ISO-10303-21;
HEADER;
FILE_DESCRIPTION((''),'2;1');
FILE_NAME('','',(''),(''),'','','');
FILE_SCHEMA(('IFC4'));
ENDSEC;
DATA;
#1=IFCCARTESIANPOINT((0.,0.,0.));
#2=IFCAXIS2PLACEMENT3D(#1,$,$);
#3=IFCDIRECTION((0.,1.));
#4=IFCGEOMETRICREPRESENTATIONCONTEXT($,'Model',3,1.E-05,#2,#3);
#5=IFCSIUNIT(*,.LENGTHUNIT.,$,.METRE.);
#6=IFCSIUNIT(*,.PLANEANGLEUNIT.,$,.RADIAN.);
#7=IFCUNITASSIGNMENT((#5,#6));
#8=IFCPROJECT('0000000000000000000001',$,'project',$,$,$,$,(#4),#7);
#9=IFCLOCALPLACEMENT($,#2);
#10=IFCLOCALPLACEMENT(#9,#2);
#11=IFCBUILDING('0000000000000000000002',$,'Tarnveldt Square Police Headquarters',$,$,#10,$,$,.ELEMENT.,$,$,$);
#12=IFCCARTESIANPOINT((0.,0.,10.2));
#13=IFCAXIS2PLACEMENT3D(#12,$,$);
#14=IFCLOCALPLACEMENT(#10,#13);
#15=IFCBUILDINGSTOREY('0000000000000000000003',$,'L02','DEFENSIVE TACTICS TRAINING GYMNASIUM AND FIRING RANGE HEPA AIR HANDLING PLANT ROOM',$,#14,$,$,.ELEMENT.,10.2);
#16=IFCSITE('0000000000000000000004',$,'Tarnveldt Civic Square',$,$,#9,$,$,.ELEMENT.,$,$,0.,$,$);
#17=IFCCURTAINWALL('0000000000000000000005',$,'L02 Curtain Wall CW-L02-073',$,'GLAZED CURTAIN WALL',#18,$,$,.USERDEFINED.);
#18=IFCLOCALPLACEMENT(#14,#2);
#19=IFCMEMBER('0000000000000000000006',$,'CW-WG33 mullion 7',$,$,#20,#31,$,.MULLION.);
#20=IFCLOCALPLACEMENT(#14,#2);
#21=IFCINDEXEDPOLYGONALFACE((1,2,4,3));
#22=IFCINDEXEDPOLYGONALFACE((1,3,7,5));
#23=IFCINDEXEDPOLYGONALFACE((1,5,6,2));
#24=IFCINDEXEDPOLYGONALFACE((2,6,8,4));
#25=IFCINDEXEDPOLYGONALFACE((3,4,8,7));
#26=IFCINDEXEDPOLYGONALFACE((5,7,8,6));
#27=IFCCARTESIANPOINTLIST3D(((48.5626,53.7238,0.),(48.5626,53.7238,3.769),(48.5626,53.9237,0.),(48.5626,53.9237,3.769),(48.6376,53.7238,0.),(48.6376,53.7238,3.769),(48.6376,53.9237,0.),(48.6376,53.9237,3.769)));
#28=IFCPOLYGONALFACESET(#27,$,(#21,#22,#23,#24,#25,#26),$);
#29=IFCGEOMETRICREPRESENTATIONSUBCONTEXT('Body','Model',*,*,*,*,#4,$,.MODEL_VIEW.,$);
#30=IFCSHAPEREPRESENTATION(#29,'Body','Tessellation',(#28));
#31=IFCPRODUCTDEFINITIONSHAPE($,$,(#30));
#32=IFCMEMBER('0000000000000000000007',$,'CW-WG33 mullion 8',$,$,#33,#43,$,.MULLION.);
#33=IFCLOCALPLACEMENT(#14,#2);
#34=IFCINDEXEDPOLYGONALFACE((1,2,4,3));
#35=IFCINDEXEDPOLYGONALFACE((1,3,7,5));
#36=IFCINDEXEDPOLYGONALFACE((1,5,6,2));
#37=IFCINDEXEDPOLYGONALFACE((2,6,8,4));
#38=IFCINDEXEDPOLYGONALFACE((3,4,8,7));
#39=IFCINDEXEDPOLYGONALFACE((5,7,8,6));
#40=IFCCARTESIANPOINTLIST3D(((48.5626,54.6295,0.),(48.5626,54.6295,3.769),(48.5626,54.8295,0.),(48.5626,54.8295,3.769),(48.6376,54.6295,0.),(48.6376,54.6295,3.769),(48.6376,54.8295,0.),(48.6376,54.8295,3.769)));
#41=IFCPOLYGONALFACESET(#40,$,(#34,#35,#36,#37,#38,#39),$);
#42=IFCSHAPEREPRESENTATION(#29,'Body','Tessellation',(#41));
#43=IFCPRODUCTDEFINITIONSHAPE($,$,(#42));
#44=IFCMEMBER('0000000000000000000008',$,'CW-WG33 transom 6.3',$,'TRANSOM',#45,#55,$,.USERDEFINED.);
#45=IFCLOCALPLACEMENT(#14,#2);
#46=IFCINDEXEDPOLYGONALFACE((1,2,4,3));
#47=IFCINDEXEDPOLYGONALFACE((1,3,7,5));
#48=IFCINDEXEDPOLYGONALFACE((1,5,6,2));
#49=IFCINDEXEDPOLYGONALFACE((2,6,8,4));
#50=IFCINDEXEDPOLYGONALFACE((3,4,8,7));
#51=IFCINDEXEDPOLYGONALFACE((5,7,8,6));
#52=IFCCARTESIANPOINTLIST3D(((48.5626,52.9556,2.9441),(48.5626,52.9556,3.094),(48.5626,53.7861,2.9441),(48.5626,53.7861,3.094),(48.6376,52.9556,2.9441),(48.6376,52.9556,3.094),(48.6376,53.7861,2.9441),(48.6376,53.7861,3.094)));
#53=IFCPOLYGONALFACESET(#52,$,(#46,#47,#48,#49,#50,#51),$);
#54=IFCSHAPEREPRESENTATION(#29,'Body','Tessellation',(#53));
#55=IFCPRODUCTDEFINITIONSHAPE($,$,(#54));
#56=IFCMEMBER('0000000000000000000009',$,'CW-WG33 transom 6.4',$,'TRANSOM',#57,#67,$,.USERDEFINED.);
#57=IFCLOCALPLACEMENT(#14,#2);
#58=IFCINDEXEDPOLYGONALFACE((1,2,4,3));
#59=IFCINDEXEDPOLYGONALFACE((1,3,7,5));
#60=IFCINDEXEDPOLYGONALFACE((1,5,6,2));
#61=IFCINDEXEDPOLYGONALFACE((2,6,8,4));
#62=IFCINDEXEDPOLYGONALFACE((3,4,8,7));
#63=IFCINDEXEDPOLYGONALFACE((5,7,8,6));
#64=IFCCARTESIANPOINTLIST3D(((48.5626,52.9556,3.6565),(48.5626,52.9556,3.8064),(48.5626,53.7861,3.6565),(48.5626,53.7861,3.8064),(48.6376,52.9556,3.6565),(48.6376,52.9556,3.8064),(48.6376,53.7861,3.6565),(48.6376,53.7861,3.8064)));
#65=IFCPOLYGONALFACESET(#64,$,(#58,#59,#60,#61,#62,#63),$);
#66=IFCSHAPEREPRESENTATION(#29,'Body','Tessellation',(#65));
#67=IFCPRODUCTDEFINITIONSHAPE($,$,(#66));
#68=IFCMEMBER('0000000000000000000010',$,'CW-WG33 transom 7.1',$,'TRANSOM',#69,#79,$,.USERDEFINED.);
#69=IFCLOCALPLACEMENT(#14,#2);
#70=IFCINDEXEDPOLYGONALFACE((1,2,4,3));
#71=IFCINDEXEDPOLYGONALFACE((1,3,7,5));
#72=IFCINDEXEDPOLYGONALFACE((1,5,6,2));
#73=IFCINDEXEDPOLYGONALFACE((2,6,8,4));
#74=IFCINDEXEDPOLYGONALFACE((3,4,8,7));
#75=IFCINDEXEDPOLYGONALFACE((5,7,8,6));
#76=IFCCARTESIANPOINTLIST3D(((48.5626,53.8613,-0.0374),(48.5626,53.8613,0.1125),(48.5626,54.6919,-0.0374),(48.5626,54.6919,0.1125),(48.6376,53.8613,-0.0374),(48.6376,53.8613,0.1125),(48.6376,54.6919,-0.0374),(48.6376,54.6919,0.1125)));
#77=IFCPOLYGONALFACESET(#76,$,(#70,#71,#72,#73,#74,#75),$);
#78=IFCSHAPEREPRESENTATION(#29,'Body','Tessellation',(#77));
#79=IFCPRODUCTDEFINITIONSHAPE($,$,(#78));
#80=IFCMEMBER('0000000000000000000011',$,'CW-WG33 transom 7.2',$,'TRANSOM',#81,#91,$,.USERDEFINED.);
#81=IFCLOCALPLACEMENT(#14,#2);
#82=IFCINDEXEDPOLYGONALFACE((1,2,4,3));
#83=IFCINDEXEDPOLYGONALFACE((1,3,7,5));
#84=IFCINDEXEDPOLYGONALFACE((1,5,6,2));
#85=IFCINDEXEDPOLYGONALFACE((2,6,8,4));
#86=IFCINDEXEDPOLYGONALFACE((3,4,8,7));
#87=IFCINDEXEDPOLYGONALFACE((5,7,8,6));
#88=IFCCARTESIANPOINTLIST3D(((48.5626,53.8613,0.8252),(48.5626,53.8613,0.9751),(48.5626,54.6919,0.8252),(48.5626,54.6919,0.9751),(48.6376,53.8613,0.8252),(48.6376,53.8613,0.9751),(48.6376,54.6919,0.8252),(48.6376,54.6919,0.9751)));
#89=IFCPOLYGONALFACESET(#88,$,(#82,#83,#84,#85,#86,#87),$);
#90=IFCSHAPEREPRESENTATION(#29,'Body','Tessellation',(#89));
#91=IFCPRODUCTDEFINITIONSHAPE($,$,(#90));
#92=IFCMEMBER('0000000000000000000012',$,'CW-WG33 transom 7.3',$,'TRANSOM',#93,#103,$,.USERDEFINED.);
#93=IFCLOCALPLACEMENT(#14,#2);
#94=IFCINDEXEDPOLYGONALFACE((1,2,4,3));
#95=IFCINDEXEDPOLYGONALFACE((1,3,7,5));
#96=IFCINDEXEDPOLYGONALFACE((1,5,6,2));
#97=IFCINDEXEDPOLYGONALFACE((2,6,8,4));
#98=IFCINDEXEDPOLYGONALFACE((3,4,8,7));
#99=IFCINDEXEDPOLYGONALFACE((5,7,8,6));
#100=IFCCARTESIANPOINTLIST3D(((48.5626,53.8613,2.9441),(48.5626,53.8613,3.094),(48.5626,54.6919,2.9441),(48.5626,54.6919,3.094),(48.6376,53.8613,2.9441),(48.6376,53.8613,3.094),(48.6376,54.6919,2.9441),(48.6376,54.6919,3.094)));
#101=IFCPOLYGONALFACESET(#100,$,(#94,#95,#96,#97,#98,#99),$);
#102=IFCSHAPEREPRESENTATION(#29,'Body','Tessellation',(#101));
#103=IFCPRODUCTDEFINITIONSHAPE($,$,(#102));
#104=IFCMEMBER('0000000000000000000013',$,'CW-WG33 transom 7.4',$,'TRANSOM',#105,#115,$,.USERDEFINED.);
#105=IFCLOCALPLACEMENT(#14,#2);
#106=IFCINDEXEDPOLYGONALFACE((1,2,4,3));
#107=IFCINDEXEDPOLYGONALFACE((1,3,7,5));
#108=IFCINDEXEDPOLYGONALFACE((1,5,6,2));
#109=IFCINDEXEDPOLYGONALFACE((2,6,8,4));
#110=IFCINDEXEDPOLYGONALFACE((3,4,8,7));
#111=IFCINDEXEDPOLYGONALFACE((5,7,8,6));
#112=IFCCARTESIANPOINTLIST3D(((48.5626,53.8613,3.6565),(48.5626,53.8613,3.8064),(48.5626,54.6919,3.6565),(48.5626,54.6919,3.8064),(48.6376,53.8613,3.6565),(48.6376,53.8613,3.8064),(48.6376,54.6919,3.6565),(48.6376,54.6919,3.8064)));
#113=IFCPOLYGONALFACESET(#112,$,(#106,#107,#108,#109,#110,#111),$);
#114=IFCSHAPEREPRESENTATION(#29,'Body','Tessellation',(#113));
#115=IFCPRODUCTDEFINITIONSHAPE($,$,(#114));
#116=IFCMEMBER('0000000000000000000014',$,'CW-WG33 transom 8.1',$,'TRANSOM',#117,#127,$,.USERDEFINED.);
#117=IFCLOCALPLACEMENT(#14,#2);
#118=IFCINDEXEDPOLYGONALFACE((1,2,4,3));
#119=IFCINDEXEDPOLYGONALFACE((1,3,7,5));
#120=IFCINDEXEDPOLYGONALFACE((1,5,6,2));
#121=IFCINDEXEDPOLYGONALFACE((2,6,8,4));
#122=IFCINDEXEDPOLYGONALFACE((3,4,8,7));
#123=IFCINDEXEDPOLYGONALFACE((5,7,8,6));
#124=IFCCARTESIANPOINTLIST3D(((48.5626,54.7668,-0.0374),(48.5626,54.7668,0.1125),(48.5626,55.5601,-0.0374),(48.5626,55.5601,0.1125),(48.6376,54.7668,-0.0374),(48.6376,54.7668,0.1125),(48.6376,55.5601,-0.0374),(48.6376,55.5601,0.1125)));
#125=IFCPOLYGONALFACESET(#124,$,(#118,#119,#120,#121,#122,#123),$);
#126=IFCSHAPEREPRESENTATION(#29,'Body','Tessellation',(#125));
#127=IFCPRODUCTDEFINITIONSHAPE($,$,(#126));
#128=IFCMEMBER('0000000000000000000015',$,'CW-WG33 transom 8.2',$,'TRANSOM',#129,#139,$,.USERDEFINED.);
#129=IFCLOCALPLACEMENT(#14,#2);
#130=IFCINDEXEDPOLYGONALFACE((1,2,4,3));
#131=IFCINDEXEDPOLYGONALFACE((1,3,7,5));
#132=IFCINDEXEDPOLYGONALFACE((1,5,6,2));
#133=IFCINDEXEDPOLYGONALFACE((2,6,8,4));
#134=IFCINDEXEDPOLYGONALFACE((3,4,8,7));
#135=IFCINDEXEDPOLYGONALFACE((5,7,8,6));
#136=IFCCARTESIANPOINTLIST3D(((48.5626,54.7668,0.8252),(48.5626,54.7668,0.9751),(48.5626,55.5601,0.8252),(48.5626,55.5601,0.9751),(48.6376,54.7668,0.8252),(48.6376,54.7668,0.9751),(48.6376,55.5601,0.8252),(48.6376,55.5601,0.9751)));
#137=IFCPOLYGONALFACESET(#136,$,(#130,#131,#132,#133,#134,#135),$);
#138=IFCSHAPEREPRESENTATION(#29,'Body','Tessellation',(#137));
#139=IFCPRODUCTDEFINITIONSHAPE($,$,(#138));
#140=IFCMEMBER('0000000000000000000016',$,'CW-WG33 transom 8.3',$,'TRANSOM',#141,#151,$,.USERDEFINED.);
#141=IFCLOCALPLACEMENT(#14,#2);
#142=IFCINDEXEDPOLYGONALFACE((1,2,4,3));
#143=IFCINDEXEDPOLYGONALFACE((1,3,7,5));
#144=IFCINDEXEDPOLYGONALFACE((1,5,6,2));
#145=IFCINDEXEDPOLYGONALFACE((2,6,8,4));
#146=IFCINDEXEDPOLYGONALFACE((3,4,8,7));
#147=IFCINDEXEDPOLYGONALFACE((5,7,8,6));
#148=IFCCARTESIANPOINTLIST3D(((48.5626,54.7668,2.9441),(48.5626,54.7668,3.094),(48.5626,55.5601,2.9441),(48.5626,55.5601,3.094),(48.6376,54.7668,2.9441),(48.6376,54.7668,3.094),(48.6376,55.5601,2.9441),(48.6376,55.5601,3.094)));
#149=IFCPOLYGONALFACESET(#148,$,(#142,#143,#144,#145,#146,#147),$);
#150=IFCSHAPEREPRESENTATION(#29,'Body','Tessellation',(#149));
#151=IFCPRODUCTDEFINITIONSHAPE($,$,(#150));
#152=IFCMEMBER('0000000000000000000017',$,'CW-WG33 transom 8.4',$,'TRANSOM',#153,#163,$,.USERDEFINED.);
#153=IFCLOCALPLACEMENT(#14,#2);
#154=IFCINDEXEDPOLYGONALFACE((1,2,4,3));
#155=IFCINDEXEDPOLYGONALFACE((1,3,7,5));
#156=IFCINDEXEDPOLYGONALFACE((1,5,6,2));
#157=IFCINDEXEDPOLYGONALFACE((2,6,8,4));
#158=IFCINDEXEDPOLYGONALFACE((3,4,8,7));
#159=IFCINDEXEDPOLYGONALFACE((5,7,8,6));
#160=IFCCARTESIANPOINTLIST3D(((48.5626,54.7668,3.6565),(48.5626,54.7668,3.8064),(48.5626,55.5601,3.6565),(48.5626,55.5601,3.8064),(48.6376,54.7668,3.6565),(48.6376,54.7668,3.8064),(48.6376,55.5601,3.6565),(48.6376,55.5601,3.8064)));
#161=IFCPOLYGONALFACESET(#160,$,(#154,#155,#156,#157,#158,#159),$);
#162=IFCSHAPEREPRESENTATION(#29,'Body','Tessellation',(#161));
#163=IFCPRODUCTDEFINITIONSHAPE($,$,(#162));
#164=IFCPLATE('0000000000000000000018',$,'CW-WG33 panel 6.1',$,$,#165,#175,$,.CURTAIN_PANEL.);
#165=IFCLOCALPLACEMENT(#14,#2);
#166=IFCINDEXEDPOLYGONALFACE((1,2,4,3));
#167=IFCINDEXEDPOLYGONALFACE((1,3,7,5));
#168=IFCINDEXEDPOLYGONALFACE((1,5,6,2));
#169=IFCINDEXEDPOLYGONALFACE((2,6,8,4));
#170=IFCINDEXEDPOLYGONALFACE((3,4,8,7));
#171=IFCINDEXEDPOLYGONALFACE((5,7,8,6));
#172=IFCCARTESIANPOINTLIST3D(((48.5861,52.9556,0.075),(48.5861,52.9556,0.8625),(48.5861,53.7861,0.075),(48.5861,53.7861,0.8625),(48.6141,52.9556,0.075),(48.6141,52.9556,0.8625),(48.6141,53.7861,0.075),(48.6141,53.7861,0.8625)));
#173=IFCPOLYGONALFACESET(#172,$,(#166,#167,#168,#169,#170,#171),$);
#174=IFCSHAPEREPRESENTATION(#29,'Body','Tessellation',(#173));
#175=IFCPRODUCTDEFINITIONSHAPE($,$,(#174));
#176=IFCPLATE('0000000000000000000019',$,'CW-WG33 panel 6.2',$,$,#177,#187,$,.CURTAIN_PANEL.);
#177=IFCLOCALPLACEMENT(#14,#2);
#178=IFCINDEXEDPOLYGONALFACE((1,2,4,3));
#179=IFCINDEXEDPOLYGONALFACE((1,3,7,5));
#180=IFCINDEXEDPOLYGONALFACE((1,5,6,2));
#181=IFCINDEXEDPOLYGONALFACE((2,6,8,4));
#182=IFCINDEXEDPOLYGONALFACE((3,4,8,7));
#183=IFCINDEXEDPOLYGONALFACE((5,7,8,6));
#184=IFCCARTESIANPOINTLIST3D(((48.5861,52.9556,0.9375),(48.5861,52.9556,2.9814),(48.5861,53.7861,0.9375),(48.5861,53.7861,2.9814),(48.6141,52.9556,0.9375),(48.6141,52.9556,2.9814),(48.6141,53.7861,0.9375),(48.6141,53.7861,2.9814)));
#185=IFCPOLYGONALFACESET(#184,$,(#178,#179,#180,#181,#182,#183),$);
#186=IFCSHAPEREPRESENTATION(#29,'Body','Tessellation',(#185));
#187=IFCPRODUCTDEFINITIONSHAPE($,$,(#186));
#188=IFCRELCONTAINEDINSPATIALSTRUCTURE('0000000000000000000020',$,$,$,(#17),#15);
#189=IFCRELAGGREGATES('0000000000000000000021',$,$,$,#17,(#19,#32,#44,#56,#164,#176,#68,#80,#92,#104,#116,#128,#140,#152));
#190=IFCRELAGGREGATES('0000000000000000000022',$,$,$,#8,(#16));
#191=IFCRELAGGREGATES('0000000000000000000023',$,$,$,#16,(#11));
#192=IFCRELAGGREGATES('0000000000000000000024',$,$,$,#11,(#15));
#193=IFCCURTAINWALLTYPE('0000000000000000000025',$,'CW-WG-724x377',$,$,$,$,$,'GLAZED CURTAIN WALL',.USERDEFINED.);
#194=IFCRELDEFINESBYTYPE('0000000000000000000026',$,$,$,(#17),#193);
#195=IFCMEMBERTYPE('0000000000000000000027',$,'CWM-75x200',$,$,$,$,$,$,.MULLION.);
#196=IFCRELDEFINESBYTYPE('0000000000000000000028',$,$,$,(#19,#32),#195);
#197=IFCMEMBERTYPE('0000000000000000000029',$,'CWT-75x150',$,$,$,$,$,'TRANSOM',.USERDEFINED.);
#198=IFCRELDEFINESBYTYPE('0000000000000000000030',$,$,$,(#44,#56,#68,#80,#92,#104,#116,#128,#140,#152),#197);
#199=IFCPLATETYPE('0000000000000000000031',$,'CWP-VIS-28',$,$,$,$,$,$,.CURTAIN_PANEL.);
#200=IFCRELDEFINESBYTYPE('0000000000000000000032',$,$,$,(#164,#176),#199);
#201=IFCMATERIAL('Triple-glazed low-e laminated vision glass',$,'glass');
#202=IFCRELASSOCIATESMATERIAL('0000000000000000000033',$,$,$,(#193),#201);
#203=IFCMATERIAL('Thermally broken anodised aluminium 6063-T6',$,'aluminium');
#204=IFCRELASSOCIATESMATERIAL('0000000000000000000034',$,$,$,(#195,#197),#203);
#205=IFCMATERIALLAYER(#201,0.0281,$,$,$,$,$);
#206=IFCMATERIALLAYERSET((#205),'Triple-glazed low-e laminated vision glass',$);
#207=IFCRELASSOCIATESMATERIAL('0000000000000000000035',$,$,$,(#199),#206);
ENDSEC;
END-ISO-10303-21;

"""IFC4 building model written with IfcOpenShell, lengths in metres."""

from ifc_helpers import new_model, si_unit, direction, frame, origin, origin_2d, place, context, subcontext, project, spatial, rectangle, extrude, material, layer, layer_set, material_profile, profile_set, type_object, element, aggregate, save


model = new_model("IFC4")

# Units and contexts
model_context = context("Model", 3, precision=1e-05, world=origin(), true_north=direction((0.0, 1.0)))
body_context = subcontext(model_context, "Body", "Model", "MODEL_VIEW")
ifc_project = project(units=[si_unit("LENGTHUNIT", "METRE"), si_unit("PLANEANGLEUNIT", "RADIAN")], contexts=[model_context])

# Site, building, storey
site_placement = place(None, origin())
site = spatial("IfcSite", under=ifc_project, at=site_placement, Name="Tarnveldt Civic Square", CompositionType="ELEMENT", RefElevation=0.0)
building_placement = place(site_placement, origin())
building = spatial("IfcBuilding", under=site, at=building_placement, Name="Tarnveldt Square Police Headquarters", CompositionType="ELEMENT")
storey_placement = place(building_placement, frame((0.0, 0.0, 10.2)))
storey = spatial("IfcBuildingStorey", under=building, at=storey_placement, Name="L02", Description="DEFENSIVE TACTICS TRAINING GYMNASIUM AND FIRING RANGE HEPA AIR HANDLING PLANT ROOM", CompositionType="ELEMENT", Elevation=10.2)

# Curtain wall, members, plates
ifc_material_1 = material(Name="Triple-glazed low-e laminated vision glass", Category="glass")
curtain_wall_type = type_object("IfcCurtainWallType", Name="CW-WG-724x377", ElementType="GLAZED CURTAIN WALL", PredefinedType="USERDEFINED", material=ifc_material_1)
curtain_wall_placement = place(storey_placement, origin())
curtain_wall = element("IfcCurtainWall", 1, at=curtain_wall_placement, inside=storey, type_object=curtain_wall_type, Name="L02 Curtain Wall CW-L02-073", ObjectType="GLAZED CURTAIN WALL", PredefinedType="USERDEFINED")
ifc_material_2 = material(Name="Thermally broken anodised aluminium 6063-T6", Category="aluminium")
ifc_material_profile_1 = material_profile(ifc_material_2, rectangle(XDim=0.075, YDim=0.2, at=origin_2d()), Name="CW-M75x200")
ifc_profile_set_1 = profile_set([ifc_material_profile_1], Name="Thermally broken anodised aluminium 6063-T6")
member_type_1 = type_object("IfcMemberType", Name="CWM-75x200", PredefinedType="MULLION", material=ifc_profile_set_1)
member_1_placement = place(storey_placement, frame((48.6001, 53.8237, 0.0), z_axis=(0.0, 0.0, 1.0), x_axis=(-1.0, 0.0, 0.0)))
member_1 = element("IfcMember", 2, at=member_1_placement, type_object=member_type_1, Name="CW-WG33 mullion 7", PredefinedType="MULLION", context=body_context, shape_type="SweptSolid", body=[
    extrude(rectangle(XDim=0.075, YDim=0.2, at=origin_2d()), origin(), (0.0, 0.0, 1.0), 3.769),
])
member_2_placement = place(storey_placement, frame((48.6001, 54.7295, 0.0), z_axis=(0.0, 0.0, 1.0), x_axis=(-1.0, 0.0, 0.0)))
member_2 = element("IfcMember", 3, at=member_2_placement, type_object=member_type_1, Name="CW-WG33 mullion 8", PredefinedType="MULLION", context=body_context, shape_type="SweptSolid", body=[
    extrude(rectangle(XDim=0.075, YDim=0.2, at=origin_2d()), origin(), (0.0, 0.0, 1.0), 3.769),
])
ifc_material_profile_2 = material_profile(ifc_material_2, rectangle(XDim=0.075, YDim=0.1499, at=origin_2d()), Name="CW-T75x150")
ifc_profile_set_2 = profile_set([ifc_material_profile_2], Name="Thermally broken anodised aluminium 6063-T6")
member_type_2 = type_object("IfcMemberType", Name="CWT-75x150", ElementType="TRANSOM", PredefinedType="USERDEFINED", material=ifc_profile_set_2)
member_3_placement = place(storey_placement, frame((48.6001, 52.9556, 3.019), z_axis=(0.0, 1.0, 0.0), x_axis=(-1.0, 0.0, 0.0)))
member_3 = element("IfcMember", 4, at=member_3_placement, type_object=member_type_2, Name="CW-WG33 transom 6.3", ObjectType="TRANSOM", PredefinedType="USERDEFINED", context=body_context, shape_type="SweptSolid", body=[
    extrude(rectangle(XDim=0.075, YDim=0.1499, at=origin_2d()), origin(), (0.0, 0.0, 1.0), 0.8306),
])
member_4_placement = place(storey_placement, frame((48.6001, 52.9556, 3.7314), z_axis=(0.0, 1.0, 0.0), x_axis=(-1.0, 0.0, 0.0)))
member_4 = element("IfcMember", 5, at=member_4_placement, type_object=member_type_2, Name="CW-WG33 transom 6.4", ObjectType="TRANSOM", PredefinedType="USERDEFINED", context=body_context, shape_type="SweptSolid", body=[
    extrude(rectangle(XDim=0.075, YDim=0.1499, at=origin_2d()), origin(), (0.0, 0.0, 1.0), 0.8306),
])
member_5_placement = place(storey_placement, frame((48.6001, 53.8613, 0.0376), z_axis=(0.0, 1.0, 0.0), x_axis=(-1.0, 0.0, 0.0)))
member_5 = element("IfcMember", 6, at=member_5_placement, type_object=member_type_2, Name="CW-WG33 transom 7.1", ObjectType="TRANSOM", PredefinedType="USERDEFINED", context=body_context, shape_type="SweptSolid", body=[
    extrude(rectangle(XDim=0.075, YDim=0.1499, at=origin_2d()), origin(), (0.0, 0.0, 1.0), 0.8306),
])
member_6_placement = place(storey_placement, frame((48.6001, 53.8613, 0.9001), z_axis=(0.0, 1.0, 0.0), x_axis=(-1.0, 0.0, 0.0)))
member_6 = element("IfcMember", 7, at=member_6_placement, type_object=member_type_2, Name="CW-WG33 transom 7.2", ObjectType="TRANSOM", PredefinedType="USERDEFINED", context=body_context, shape_type="SweptSolid", body=[
    extrude(rectangle(XDim=0.075, YDim=0.1499, at=origin_2d()), origin(), (0.0, 0.0, 1.0), 0.8306),
])
member_7_placement = place(storey_placement, frame((48.6001, 53.8613, 3.019), z_axis=(0.0, 1.0, 0.0), x_axis=(-1.0, 0.0, 0.0)))
member_7 = element("IfcMember", 8, at=member_7_placement, type_object=member_type_2, Name="CW-WG33 transom 7.3", ObjectType="TRANSOM", PredefinedType="USERDEFINED", context=body_context, shape_type="SweptSolid", body=[
    extrude(rectangle(XDim=0.075, YDim=0.1499, at=origin_2d()), origin(), (0.0, 0.0, 1.0), 0.8306),
])
member_8_placement = place(storey_placement, frame((48.6001, 53.8613, 3.7314), z_axis=(0.0, 1.0, 0.0), x_axis=(-1.0, 0.0, 0.0)))
member_8 = element("IfcMember", 9, at=member_8_placement, type_object=member_type_2, Name="CW-WG33 transom 7.4", ObjectType="TRANSOM", PredefinedType="USERDEFINED", context=body_context, shape_type="SweptSolid", body=[
    extrude(rectangle(XDim=0.075, YDim=0.1499, at=origin_2d()), origin(), (0.0, 0.0, 1.0), 0.8306),
])
member_9_placement = place(storey_placement, frame((48.6001, 54.7668, 0.0376), z_axis=(0.0, 1.0, 0.0), x_axis=(-1.0, 0.0, 0.0)))
member_9 = element("IfcMember", 10, at=member_9_placement, type_object=member_type_2, Name="CW-WG33 transom 8.1", ObjectType="TRANSOM", PredefinedType="USERDEFINED", context=body_context, shape_type="SweptSolid", body=[
    extrude(rectangle(XDim=0.075, YDim=0.1499, at=origin_2d()), origin(), (0.0, 0.0, 1.0), 0.7932),
])
member_10_placement = place(storey_placement, frame((48.6001, 54.7668, 0.9001), z_axis=(0.0, 1.0, 0.0), x_axis=(-1.0, 0.0, 0.0)))
member_10 = element("IfcMember", 11, at=member_10_placement, type_object=member_type_2, Name="CW-WG33 transom 8.2", ObjectType="TRANSOM", PredefinedType="USERDEFINED", context=body_context, shape_type="SweptSolid", body=[
    extrude(rectangle(XDim=0.075, YDim=0.1499, at=origin_2d()), origin(), (0.0, 0.0, 1.0), 0.7932),
])
member_11_placement = place(storey_placement, frame((48.6001, 54.7668, 3.019), z_axis=(0.0, 1.0, 0.0), x_axis=(-1.0, 0.0, 0.0)))
member_11 = element("IfcMember", 12, at=member_11_placement, type_object=member_type_2, Name="CW-WG33 transom 8.3", ObjectType="TRANSOM", PredefinedType="USERDEFINED", context=body_context, shape_type="SweptSolid", body=[
    extrude(rectangle(XDim=0.075, YDim=0.1499, at=origin_2d()), origin(), (0.0, 0.0, 1.0), 0.7932),
])
member_12_placement = place(storey_placement, frame((48.6001, 54.7668, 3.7314), z_axis=(0.0, 1.0, 0.0), x_axis=(-1.0, 0.0, 0.0)))
member_12 = element("IfcMember", 13, at=member_12_placement, type_object=member_type_2, Name="CW-WG33 transom 8.4", ObjectType="TRANSOM", PredefinedType="USERDEFINED", context=body_context, shape_type="SweptSolid", body=[
    extrude(rectangle(XDim=0.075, YDim=0.1499, at=origin_2d()), origin(), (0.0, 0.0, 1.0), 0.7932),
])
ifc_layer = layer(ifc_material_1, 0.0281)
ifc_layer_set = layer_set([ifc_layer], Name="Triple-glazed low-e laminated vision glass")
plate_type = type_object("IfcPlateType", Name="CWP-VIS-28", PredefinedType="CURTAIN_PANEL", material=ifc_layer_set)
plate_1_placement = place(storey_placement, frame((48.6001, 53.3708, 0.075), z_axis=(0.0, 0.0, 1.0), x_axis=(0.0, 1.0, 0.0)))
plate_1 = element("IfcPlate", 14, at=plate_1_placement, type_object=plate_type, Name="CW-WG33 panel 6.1", PredefinedType="CURTAIN_PANEL", context=body_context, shape_type="SweptSolid", body=[
    extrude(rectangle(XDim=0.8306, YDim=0.0281, at=origin_2d()), origin(), (0.0, 0.0, 1.0), 0.7876),
])
plate_2_placement = place(storey_placement, frame((48.6001, 53.3708, 0.9375), z_axis=(0.0, 0.0, 1.0), x_axis=(0.0, 1.0, 0.0)))
plate_2 = element("IfcPlate", 15, at=plate_2_placement, type_object=plate_type, Name="CW-WG33 panel 6.2", PredefinedType="CURTAIN_PANEL", context=body_context, shape_type="SweptSolid", body=[
    extrude(rectangle(XDim=0.8306, YDim=0.0281, at=origin_2d()), origin(), (0.0, 0.0, 1.0), 2.0439),
])
aggregate(curtain_wall, [member_1, member_2, member_3, member_4, plate_1, plate_2, member_5, member_6, member_7, member_8, member_9, member_10, member_11, member_12])

save(model, "model.ifc")
